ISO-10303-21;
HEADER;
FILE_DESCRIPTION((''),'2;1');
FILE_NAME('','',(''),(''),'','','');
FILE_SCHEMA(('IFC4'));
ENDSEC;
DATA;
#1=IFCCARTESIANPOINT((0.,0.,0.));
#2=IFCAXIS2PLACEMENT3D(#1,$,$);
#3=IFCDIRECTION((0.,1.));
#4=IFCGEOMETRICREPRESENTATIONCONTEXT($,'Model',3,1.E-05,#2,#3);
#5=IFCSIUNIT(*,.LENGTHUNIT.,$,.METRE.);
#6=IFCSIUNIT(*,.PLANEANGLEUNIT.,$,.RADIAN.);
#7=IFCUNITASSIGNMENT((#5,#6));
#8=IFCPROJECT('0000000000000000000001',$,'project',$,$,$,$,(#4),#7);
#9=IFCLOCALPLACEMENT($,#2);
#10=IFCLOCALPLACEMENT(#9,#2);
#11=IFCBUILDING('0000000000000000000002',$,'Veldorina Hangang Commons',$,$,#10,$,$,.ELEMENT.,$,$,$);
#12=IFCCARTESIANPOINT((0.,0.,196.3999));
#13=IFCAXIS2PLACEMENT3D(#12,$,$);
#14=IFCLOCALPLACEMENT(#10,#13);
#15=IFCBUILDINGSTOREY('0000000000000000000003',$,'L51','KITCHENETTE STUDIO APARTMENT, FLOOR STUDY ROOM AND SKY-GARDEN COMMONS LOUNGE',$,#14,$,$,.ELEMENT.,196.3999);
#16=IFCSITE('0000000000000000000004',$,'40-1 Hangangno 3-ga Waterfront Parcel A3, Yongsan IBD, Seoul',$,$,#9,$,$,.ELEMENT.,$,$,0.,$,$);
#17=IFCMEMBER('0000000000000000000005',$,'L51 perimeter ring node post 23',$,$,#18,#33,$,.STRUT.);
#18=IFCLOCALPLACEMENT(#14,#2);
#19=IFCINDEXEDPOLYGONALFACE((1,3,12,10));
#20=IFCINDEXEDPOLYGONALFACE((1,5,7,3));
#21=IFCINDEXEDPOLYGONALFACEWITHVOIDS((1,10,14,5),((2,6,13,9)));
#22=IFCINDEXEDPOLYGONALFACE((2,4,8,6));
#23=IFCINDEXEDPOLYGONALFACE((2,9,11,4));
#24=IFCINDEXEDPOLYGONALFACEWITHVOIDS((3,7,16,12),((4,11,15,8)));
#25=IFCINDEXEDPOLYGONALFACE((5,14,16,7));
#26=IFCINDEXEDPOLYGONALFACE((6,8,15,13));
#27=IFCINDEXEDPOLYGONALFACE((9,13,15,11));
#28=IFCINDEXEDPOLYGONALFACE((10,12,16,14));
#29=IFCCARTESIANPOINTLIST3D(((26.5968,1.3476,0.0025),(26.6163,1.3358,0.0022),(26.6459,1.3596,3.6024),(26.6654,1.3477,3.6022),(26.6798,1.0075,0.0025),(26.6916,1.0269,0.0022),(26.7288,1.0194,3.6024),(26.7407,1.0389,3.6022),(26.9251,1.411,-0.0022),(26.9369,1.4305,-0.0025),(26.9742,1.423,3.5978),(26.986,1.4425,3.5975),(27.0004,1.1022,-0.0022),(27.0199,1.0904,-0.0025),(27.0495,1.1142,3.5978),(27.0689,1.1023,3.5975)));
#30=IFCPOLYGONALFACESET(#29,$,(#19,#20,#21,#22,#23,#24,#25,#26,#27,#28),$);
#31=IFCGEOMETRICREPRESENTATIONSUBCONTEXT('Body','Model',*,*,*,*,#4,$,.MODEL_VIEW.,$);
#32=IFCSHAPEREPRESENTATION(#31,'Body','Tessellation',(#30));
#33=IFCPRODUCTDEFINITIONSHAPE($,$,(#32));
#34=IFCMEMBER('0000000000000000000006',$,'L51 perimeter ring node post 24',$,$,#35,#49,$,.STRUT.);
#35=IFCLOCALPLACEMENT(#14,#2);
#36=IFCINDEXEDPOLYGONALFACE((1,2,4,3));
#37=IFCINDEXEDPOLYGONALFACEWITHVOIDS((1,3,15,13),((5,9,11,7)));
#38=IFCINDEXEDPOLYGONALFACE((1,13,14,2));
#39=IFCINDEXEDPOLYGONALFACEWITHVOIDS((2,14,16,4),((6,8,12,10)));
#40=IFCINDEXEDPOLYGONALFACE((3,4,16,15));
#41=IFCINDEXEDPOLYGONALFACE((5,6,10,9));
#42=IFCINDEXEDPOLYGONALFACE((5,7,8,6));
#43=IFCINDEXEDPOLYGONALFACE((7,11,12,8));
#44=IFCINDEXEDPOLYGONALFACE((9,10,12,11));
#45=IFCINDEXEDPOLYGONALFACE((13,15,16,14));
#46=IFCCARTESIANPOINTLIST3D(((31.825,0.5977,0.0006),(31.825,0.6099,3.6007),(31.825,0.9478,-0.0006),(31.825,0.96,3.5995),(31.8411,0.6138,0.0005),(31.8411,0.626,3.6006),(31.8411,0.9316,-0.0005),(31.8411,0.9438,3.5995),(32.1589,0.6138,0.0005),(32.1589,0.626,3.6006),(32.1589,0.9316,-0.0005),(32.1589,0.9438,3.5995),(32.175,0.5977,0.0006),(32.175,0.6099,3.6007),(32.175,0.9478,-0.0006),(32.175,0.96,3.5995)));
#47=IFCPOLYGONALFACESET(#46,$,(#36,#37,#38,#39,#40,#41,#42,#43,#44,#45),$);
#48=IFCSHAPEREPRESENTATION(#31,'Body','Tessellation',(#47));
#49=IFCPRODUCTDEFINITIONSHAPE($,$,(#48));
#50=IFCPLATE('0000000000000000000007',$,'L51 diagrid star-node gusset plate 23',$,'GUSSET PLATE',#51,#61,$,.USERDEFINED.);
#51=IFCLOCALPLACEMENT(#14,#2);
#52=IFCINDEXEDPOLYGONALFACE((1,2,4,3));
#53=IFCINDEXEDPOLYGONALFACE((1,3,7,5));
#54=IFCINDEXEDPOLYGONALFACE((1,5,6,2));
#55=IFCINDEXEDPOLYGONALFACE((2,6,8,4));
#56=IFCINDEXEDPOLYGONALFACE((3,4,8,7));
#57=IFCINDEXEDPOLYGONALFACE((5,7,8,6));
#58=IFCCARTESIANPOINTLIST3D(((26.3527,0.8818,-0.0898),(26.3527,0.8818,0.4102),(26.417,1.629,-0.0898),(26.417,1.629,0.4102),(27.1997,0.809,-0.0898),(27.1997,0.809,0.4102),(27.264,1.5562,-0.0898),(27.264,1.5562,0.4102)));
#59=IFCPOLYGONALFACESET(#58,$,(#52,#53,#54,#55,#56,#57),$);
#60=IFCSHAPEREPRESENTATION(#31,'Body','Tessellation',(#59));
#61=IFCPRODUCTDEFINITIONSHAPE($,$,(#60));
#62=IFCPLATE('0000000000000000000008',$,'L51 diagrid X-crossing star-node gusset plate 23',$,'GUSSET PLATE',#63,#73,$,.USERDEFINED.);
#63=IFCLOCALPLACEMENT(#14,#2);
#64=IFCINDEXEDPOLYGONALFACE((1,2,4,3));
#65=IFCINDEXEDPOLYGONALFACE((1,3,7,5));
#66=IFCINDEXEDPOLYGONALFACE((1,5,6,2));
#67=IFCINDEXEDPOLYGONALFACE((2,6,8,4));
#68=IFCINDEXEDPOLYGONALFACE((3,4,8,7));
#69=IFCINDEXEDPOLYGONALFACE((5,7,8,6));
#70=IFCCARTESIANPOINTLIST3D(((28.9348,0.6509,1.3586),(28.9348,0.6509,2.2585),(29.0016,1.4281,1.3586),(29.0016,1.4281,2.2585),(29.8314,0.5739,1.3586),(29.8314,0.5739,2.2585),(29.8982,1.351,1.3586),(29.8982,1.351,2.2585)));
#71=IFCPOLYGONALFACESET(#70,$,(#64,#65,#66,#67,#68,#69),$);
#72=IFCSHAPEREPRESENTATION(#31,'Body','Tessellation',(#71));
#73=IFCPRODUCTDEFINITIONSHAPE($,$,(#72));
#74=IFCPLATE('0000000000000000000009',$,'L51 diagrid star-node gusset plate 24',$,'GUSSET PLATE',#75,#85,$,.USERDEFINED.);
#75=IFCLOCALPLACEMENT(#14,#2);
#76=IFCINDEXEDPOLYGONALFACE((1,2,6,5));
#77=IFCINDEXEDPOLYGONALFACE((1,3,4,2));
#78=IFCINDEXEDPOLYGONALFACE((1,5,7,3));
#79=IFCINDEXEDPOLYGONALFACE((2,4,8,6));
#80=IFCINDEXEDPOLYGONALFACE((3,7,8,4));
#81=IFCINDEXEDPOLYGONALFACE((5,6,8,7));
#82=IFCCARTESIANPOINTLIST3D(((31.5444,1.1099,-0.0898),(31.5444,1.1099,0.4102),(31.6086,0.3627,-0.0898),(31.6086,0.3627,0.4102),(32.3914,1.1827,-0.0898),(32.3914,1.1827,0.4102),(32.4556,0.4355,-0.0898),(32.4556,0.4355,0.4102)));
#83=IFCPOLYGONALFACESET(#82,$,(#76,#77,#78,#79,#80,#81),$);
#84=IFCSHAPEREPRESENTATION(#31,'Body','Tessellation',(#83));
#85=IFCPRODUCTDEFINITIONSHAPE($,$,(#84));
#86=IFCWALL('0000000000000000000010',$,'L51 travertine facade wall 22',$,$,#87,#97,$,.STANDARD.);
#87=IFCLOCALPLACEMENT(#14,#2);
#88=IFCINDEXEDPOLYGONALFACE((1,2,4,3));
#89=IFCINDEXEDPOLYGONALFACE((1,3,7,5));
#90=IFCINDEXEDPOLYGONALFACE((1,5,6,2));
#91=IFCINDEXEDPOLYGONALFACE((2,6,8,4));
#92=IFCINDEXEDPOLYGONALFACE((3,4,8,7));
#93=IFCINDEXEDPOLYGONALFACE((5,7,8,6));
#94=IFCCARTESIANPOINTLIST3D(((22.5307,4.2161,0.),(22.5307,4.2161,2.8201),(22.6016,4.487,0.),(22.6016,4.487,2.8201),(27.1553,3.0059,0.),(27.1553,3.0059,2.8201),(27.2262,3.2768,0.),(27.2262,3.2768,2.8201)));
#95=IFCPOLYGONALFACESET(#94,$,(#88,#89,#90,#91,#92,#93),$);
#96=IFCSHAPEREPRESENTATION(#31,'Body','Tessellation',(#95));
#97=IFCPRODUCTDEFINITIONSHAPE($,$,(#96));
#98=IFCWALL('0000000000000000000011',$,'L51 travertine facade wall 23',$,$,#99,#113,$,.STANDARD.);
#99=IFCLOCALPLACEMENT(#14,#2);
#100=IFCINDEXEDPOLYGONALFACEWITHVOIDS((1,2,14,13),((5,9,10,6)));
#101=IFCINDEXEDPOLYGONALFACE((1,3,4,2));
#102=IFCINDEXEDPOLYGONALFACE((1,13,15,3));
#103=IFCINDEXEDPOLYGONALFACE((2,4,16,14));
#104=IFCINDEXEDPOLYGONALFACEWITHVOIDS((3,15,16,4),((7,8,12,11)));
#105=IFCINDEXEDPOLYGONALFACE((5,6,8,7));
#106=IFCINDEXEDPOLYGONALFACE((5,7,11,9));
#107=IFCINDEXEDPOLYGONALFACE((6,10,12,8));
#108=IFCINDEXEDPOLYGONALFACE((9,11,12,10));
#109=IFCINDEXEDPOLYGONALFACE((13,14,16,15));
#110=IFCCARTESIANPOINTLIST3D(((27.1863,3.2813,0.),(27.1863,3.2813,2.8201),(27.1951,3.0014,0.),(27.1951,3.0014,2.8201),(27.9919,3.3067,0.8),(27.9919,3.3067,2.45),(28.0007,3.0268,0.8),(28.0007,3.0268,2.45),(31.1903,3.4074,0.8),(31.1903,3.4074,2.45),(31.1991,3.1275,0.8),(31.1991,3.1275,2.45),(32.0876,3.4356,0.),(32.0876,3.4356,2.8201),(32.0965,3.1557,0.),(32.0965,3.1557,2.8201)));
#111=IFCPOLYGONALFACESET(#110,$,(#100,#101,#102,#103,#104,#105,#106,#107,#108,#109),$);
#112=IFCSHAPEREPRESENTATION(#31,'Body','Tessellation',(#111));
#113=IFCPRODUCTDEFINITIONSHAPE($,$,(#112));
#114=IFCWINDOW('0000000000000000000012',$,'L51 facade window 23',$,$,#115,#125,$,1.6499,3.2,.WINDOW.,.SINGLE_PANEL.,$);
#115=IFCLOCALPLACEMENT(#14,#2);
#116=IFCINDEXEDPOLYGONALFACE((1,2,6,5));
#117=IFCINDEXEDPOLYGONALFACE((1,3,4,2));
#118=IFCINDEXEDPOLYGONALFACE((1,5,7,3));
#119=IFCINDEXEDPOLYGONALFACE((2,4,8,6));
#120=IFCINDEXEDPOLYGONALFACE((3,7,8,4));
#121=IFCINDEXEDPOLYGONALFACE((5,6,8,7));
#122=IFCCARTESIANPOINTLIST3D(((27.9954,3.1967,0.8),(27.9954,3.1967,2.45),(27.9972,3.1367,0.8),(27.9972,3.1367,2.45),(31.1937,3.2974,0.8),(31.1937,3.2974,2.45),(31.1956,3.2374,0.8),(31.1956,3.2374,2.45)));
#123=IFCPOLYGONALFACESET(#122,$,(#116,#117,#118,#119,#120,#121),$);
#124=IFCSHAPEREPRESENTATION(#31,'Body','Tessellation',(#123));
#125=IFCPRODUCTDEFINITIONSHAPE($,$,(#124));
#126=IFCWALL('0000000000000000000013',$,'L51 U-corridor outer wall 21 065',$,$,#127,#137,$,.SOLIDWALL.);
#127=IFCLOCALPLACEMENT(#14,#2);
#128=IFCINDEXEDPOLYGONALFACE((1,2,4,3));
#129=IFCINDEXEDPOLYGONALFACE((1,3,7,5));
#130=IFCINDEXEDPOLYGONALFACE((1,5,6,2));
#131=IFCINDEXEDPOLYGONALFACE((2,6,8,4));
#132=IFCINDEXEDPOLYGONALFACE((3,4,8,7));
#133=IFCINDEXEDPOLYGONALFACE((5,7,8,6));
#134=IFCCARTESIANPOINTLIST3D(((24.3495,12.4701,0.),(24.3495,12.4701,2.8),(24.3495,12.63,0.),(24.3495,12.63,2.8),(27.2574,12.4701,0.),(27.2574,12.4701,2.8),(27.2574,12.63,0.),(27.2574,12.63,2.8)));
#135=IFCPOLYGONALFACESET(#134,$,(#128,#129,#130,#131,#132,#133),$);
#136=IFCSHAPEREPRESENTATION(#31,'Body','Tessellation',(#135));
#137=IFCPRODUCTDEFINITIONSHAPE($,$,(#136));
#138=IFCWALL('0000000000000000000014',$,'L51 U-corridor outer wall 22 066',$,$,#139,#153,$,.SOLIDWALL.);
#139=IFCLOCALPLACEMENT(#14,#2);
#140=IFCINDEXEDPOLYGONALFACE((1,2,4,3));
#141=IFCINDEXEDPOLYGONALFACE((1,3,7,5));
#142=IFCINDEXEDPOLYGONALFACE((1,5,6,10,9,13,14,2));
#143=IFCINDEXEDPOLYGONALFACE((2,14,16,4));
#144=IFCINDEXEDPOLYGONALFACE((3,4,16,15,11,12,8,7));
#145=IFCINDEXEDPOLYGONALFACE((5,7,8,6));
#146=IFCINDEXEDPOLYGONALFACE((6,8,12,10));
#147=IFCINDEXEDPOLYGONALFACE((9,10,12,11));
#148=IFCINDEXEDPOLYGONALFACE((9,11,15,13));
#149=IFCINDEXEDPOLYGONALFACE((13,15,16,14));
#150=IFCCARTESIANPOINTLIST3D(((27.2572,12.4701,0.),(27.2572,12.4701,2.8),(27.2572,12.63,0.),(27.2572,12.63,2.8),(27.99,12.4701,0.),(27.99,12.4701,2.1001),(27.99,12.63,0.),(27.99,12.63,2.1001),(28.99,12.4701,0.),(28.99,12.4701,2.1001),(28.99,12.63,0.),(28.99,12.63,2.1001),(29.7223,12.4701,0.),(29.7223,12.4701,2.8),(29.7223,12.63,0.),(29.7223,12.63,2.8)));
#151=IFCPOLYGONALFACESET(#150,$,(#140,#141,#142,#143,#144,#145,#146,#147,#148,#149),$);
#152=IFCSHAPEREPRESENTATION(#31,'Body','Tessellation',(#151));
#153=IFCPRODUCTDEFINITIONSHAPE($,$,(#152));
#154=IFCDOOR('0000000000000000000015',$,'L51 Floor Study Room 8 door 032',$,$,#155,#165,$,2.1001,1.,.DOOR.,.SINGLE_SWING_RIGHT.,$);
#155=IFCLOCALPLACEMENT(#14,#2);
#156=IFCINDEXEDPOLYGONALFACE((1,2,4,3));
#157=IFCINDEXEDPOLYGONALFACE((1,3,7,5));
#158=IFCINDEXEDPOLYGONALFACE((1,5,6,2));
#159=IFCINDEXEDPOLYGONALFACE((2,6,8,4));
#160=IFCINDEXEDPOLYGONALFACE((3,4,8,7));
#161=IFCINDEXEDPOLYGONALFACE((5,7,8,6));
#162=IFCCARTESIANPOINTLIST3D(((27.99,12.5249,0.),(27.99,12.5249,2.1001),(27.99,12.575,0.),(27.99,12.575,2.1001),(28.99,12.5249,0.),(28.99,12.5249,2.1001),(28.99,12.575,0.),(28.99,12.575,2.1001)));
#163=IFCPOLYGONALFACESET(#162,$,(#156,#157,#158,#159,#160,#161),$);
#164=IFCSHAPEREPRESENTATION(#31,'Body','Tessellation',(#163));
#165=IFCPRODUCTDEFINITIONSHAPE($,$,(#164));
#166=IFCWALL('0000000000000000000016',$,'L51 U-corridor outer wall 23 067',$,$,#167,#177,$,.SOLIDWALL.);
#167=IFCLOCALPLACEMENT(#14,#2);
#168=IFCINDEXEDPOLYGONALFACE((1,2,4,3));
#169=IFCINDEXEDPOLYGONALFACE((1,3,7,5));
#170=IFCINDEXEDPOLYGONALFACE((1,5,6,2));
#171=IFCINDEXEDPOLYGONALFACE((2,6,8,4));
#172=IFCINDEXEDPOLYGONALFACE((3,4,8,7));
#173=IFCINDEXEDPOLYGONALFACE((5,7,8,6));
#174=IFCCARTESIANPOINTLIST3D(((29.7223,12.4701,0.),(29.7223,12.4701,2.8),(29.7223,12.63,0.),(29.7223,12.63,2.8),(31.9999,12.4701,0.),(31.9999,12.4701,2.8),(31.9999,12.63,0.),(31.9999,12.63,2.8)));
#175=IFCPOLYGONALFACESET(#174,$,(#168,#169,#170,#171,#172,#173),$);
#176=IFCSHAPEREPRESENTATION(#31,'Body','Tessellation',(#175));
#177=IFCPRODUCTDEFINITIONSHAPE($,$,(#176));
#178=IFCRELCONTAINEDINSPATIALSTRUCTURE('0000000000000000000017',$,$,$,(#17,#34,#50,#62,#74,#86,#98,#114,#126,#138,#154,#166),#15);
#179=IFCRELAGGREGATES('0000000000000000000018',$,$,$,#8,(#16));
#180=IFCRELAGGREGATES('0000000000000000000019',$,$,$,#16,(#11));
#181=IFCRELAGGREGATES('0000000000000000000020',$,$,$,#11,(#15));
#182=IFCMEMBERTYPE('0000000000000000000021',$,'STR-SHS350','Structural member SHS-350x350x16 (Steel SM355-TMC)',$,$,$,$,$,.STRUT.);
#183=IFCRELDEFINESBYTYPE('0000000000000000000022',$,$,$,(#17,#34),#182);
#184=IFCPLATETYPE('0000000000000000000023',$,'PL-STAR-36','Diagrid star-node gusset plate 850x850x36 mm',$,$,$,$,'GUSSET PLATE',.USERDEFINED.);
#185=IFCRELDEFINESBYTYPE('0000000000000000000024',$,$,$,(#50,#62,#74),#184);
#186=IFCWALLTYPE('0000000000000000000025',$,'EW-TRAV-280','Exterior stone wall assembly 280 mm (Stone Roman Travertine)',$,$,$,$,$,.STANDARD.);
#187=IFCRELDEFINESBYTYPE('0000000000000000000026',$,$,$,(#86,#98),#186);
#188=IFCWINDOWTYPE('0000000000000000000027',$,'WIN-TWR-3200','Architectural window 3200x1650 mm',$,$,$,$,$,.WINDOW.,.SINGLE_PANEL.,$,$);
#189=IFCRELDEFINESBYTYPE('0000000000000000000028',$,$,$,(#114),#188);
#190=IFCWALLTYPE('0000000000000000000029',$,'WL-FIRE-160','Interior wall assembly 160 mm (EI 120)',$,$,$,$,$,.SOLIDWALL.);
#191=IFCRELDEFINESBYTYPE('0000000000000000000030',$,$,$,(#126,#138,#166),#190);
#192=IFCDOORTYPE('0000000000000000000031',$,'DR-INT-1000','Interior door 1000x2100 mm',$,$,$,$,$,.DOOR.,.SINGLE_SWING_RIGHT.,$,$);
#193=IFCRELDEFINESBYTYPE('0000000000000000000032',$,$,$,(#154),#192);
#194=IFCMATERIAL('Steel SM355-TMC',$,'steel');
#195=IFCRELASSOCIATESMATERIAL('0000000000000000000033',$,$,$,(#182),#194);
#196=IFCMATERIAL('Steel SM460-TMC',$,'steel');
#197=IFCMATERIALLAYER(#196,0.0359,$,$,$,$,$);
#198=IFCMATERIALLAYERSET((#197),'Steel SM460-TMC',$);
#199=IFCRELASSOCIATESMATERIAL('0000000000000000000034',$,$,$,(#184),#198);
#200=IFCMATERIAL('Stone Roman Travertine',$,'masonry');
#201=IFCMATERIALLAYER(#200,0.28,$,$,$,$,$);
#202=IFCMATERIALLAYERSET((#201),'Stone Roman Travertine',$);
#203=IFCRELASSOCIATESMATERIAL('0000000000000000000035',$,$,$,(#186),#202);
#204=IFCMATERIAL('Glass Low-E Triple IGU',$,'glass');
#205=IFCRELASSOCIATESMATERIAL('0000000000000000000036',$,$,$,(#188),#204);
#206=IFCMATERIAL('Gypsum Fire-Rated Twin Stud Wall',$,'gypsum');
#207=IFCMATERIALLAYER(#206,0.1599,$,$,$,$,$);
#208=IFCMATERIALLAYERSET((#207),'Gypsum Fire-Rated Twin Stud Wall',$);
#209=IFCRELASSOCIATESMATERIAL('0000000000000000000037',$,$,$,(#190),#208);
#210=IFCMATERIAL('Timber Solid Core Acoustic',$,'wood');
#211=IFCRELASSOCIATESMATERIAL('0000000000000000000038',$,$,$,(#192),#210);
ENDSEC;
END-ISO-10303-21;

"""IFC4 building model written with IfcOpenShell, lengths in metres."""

from ifc_helpers import new_model, si_unit, direction, frame, frame_2d, origin, origin_2d, place, context, subcontext, project, spatial, rectangle, hollow_rectangle, extrude, material, layer, layer_set, material_profile, profile_set, type_object, element, fill, save


model = new_model("IFC4")

# Units and contexts
model_context = context("Model", 3, precision=1e-05, world=origin(), true_north=direction((0.0, 1.0)))
body_context = subcontext(model_context, "Body", "Model", "MODEL_VIEW")
ifc_project = project(units=[si_unit("LENGTHUNIT", "METRE"), si_unit("PLANEANGLEUNIT", "RADIAN")], contexts=[model_context])

# Site, building, storey
site_placement = place(None, origin())
site = spatial("IfcSite", under=ifc_project, at=site_placement, Name="40-1 Hangangno 3-ga Waterfront Parcel A3, Yongsan IBD, Seoul", CompositionType="ELEMENT", RefElevation=0.0)
building_placement = place(site_placement, origin())
building = spatial("IfcBuilding", under=site, at=building_placement, Name="Veldorina Hangang Commons", CompositionType="ELEMENT")
storey_placement = place(building_placement, frame((0.0, 0.0, 196.3999)))
storey = spatial("IfcBuildingStorey", under=building, at=storey_placement, Name="L51", Description="KITCHENETTE STUDIO APARTMENT, FLOOR STUDY ROOM AND SKY-GARDEN COMMONS LOUNGE", CompositionType="ELEMENT", Elevation=196.3999)

# Shared definitions
ifc_material_1 = material(Name="Steel SM355-TMC", Category="steel")

# Shared definitions
ifc_material_2 = material(Name="Glass Low-E Triple IGU", Category="glass")

# Members
ifc_material_profile_1 = material_profile(ifc_material_1, hollow_rectangle(XDim=0.3501, YDim=0.3501, WallThickness=0.0161, at=origin_2d()), Name="SHS-350x350x16")
ifc_profile_set_1 = profile_set([ifc_material_profile_1], Name="Steel SM355-TMC")
member_type_1 = type_object("IfcMemberType", Name="STR-SHS350", Description="Structural member SHS-350x350x16 (Steel SM355-TMC)", PredefinedType="STRUT", material=ifc_profile_set_1)
member_1_placement = place(storey_placement, frame((26.8083, 1.219, 0.0), z_axis=(0.013629, 0.003323, 0.999902), x_axis=(-0.236845, 0.971547, 0.0)))
element("IfcMember", 1, at=member_1_placement, inside=storey, type_object=member_type_1, Name="L51 perimeter ring node post 23", PredefinedType="STRUT", context=body_context, shape_type="SweptSolid", body=[
    extrude(hollow_rectangle(XDim=0.3501, YDim=0.3501, WallThickness=0.0161, at=origin_2d()), origin(), (0.0, 0.0, 1.0), 3.6003),
])
member_2_placement = place(storey_placement, frame((32.0, 0.7727, 0.0), z_axis=(0.0, 0.003391, 0.999994), x_axis=(-1.0, 0.0, 0.0)))
element("IfcMember", 2, at=member_2_placement, inside=storey, type_object=member_type_1, Name="L51 perimeter ring node post 24", PredefinedType="STRUT", context=body_context, shape_type="SweptSolid", body=[
    extrude(hollow_rectangle(XDim=0.3501, YDim=0.3501, WallThickness=0.0161, at=origin_2d()), origin(), (0.0, 0.0, 1.0), 3.6001),
])

# Plates
ifc_material_3 = material(Name="Steel SM460-TMC", Category="steel")
ifc_layer_1 = layer(ifc_material_3, 0.0359)
ifc_layer_set_1 = layer_set([ifc_layer_1], Name="Steel SM460-TMC")
plate_type = type_object("IfcPlateType", Name="PL-STAR-36", Description="Diagrid star-node gusset plate 850x850x36 mm", ElementType="GUSSET PLATE", PredefinedType="USERDEFINED", material=ifc_layer_set_1)
plate_1_placement = place(storey_placement, frame((26.8083, 1.219, -0.0898), z_axis=(0.0, 0.0, 1.0), x_axis=(0.996326, -0.085643, 0.0)))
element("IfcPlate", 3, at=plate_1_placement, inside=storey, type_object=plate_type, Name="L51 diagrid star-node gusset plate 23", ObjectType="GUSSET PLATE", PredefinedType="USERDEFINED", context=body_context, shape_type="SweptSolid", body=[
    extrude(rectangle(XDim=0.8501, YDim=0.75, at=origin_2d()), origin(), (0.0, 0.0, 1.0), 0.5),
])
plate_2_placement = place(storey_placement, frame((29.4165, 1.001, 1.3586), z_axis=(0.0, 0.0, 1.0), x_axis=(0.996326, -0.085643, 0.0)))
element("IfcPlate", 4, at=plate_2_placement, inside=storey, type_object=plate_type, Name="L51 diagrid X-crossing star-node gusset plate 23", ObjectType="GUSSET PLATE", PredefinedType="USERDEFINED", context=body_context, shape_type="SweptSolid", body=[
    extrude(rectangle(XDim=0.8999, YDim=0.78, at=origin_2d()), origin(), (0.0, 0.0, 1.0), 0.8999),
])
plate_3_placement = place(storey_placement, frame((32.0, 0.7727, -0.0898), z_axis=(0.0, 0.0, 1.0), x_axis=(0.996326, 0.085643, 0.0)))
element("IfcPlate", 5, at=plate_3_placement, inside=storey, type_object=plate_type, Name="L51 diagrid star-node gusset plate 24", ObjectType="GUSSET PLATE", PredefinedType="USERDEFINED", context=body_context, shape_type="SweptSolid", body=[
    extrude(rectangle(XDim=0.8501, YDim=0.75, at=origin_2d()), origin(), (0.0, 0.0, 1.0), 0.5),
])

# Wall
ifc_material_4 = material(Name="Stone Roman Travertine", Category="masonry")
ifc_layer_2 = layer(ifc_material_4, 0.28)
ifc_layer_set_2 = layer_set([ifc_layer_2], Name="Stone Roman Travertine")
wall_type_1 = type_object("IfcWallType", Name="EW-TRAV-280", Description="Exterior stone wall assembly 280 mm (Stone Roman Travertine)", PredefinedType="STANDARD", material=ifc_layer_set_2)
wall_1_placement = place(storey_placement, frame((22.5662, 4.3516, 0.0), z_axis=(0.0, 0.0, 1.0), x_axis=(0.967422, -0.253168, 0.0)))
element("IfcWall", 6, at=wall_1_placement, inside=storey, type_object=wall_type_1, Name="L51 travertine facade wall 22", PredefinedType="STANDARD", context=body_context, shape_type="SweptSolid", body=[
    extrude(rectangle(XDim=4.7803, YDim=0.28, at=frame_2d((2.3901, 0.0))), origin(), (0.0, 0.0, 1.0), 2.8201),
])

# Wall, opening, window
wall_2_placement = place(storey_placement, frame((27.1907, 3.1414, 0.0), z_axis=(0.0, 0.0, 1.0), x_axis=(0.999505, 0.031465, 0.0)))
wall_2 = element("IfcWall", 7, at=wall_2_placement, inside=storey, type_object=wall_type_1, Name="L51 travertine facade wall 23", PredefinedType="STANDARD", context=body_context, shape_type="SweptSolid", body=[
    extrude(rectangle(XDim=4.9038, YDim=0.28, at=frame_2d((2.4519, 0.0))), origin(), (0.0, 0.0, 1.0), 2.8201),
])
opening_1_placement = place(wall_2_placement, frame((0.8059, 0.0, 0.8)))
opening_1 = element("IfcOpeningElement", 8, at=opening_1_placement, cuts=wall_2, PredefinedType="OPENING", context=body_context, shape_type="SweptSolid", body=[
    extrude(rectangle(XDim=3.2, YDim=1.6499, at=frame_2d((1.6001, 0.825))), frame((0.0, 0.1499, 0.0), z_axis=(0.0, -1.0, 0.0), x_axis=(1.0, 0.0, 0.0)), (0.0, 0.0, 1.0), 0.3),
])
window_type = type_object("IfcWindowType", Name="WIN-TWR-3200", Description="Architectural window 3200x1650 mm", PartitioningType="SINGLE_PANEL", PredefinedType="WINDOW", material=ifc_material_2)
window_placement = place(opening_1_placement, origin())
window = element("IfcWindow", 9, at=window_placement, inside=storey, type_object=window_type, Name="L51 facade window 23", OverallHeight=1.6499, OverallWidth=3.2, PartitioningType="SINGLE_PANEL", PredefinedType="WINDOW", context=body_context, shape_type="SweptSolid", body=[
    extrude(rectangle(XDim=3.2, YDim=1.6499, at=frame_2d((1.6001, 0.825))), frame((0.0, 0.03, 0.0), z_axis=(0.0, -1.0, 0.0), x_axis=(1.0, 0.0, 0.0)), (0.0, 0.0, 1.0), 0.0601),
])
fill(opening_1, window)

# Wall
ifc_material_5 = material(Name="Gypsum Fire-Rated Twin Stud Wall", Category="gypsum")
ifc_layer_3 = layer(ifc_material_5, 0.1599)
ifc_layer_set_3 = layer_set([ifc_layer_3], Name="Gypsum Fire-Rated Twin Stud Wall")
wall_type_2 = type_object("IfcWallType", Name="WL-FIRE-160", Description="Interior wall assembly 160 mm (EI 120)", PredefinedType="SOLIDWALL", material=ifc_layer_set_3)
wall_3_placement = place(storey_placement, frame((24.3494, 12.55, 0.0), z_axis=(0.0, 0.0, 1.0), x_axis=(1.0, 0.0, 0.0)))
element("IfcWall", 10, at=wall_3_placement, inside=storey, type_object=wall_type_2, Name="L51 U-corridor outer wall 21 065", PredefinedType="SOLIDWALL", context=body_context, shape_type="SweptSolid", body=[
    extrude(rectangle(XDim=2.908, YDim=0.1599, at=frame_2d((1.4541, 0.0))), origin(), (0.0, 0.0, 1.0), 2.8),
])

# Wall, opening, door
wall_4_placement = place(storey_placement, frame((27.2573, 12.55, 0.0), z_axis=(0.0, 0.0, 1.0), x_axis=(1.0, 0.0, 0.0)))
wall_4 = element("IfcWall", 11, at=wall_4_placement, inside=storey, type_object=wall_type_2, Name="L51 U-corridor outer wall 22 066", PredefinedType="SOLIDWALL", context=body_context, shape_type="SweptSolid", body=[
    extrude(rectangle(XDim=2.4651, YDim=0.1599, at=frame_2d((1.2324, 0.0))), origin(), (0.0, 0.0, 1.0), 2.8),
])
opening_2_placement = place(wall_4_placement, frame((0.7327, 0.0, 0.0)))
opening_2 = element("IfcOpeningElement", 12, at=opening_2_placement, cuts=wall_4, PredefinedType="OPENING", context=body_context, shape_type="SweptSolid", body=[
    extrude(rectangle(XDim=1.0, YDim=2.1001, at=frame_2d((0.5, 1.05))), frame((0.0, 0.0898, 0.0), z_axis=(0.0, -1.0, 0.0), x_axis=(1.0, 0.0, 0.0)), (0.0, 0.0, 1.0), 0.1799),
])
ifc_material_6 = material(Name="Timber Solid Core Acoustic", Category="wood")
door_type_1 = type_object("IfcDoorType", Name="DR-INT-1000", Description="Interior door 1000x2100 mm", OperationType="SINGLE_SWING_RIGHT", PredefinedType="DOOR", material=ifc_material_6)
door_1_placement = place(opening_2_placement, origin())
door_1 = element("IfcDoor", 13, at=door_1_placement, inside=storey, type_object=door_type_1, Name="L51 Floor Study Room 8 door 032", OperationType="SINGLE_SWING_RIGHT", OverallHeight=2.1001, OverallWidth=1.0, PredefinedType="DOOR", context=body_context, shape_type="SweptSolid", body=[
    extrude(rectangle(XDim=1.0, YDim=2.1001, at=frame_2d((0.5, 1.05))), frame((0.0, 0.0249, 0.0), z_axis=(0.0, -1.0, 0.0), x_axis=(1.0, 0.0, 0.0)), (0.0, 0.0, 1.0), 0.05),
])
fill(opening_2, door_1)

# Wall
for number, where, z_axis, x_axis, name in (
    (14, (29.7224, 12.55, 0.0), (0.0, 0.0, 1.0), (1.0, 0.0, 0.0), "L51 U-corridor outer wall 23 067"),
):
    element("IfcWall", number, at=place(storey_placement, frame(where, z_axis=z_axis, x_axis=x_axis)), inside=storey, type_object=wall_type_2, Name=name, PredefinedType="SOLIDWALL", context=body_context, shape_type="SweptSolid", body=[
        extrude(rectangle(XDim=2.2776, YDim=0.1599, at=frame_2d((1.1387, 0.0))), origin(), (0.0, 0.0, 1.0), 2.8),
    ])

save(model, "model.ifc")
